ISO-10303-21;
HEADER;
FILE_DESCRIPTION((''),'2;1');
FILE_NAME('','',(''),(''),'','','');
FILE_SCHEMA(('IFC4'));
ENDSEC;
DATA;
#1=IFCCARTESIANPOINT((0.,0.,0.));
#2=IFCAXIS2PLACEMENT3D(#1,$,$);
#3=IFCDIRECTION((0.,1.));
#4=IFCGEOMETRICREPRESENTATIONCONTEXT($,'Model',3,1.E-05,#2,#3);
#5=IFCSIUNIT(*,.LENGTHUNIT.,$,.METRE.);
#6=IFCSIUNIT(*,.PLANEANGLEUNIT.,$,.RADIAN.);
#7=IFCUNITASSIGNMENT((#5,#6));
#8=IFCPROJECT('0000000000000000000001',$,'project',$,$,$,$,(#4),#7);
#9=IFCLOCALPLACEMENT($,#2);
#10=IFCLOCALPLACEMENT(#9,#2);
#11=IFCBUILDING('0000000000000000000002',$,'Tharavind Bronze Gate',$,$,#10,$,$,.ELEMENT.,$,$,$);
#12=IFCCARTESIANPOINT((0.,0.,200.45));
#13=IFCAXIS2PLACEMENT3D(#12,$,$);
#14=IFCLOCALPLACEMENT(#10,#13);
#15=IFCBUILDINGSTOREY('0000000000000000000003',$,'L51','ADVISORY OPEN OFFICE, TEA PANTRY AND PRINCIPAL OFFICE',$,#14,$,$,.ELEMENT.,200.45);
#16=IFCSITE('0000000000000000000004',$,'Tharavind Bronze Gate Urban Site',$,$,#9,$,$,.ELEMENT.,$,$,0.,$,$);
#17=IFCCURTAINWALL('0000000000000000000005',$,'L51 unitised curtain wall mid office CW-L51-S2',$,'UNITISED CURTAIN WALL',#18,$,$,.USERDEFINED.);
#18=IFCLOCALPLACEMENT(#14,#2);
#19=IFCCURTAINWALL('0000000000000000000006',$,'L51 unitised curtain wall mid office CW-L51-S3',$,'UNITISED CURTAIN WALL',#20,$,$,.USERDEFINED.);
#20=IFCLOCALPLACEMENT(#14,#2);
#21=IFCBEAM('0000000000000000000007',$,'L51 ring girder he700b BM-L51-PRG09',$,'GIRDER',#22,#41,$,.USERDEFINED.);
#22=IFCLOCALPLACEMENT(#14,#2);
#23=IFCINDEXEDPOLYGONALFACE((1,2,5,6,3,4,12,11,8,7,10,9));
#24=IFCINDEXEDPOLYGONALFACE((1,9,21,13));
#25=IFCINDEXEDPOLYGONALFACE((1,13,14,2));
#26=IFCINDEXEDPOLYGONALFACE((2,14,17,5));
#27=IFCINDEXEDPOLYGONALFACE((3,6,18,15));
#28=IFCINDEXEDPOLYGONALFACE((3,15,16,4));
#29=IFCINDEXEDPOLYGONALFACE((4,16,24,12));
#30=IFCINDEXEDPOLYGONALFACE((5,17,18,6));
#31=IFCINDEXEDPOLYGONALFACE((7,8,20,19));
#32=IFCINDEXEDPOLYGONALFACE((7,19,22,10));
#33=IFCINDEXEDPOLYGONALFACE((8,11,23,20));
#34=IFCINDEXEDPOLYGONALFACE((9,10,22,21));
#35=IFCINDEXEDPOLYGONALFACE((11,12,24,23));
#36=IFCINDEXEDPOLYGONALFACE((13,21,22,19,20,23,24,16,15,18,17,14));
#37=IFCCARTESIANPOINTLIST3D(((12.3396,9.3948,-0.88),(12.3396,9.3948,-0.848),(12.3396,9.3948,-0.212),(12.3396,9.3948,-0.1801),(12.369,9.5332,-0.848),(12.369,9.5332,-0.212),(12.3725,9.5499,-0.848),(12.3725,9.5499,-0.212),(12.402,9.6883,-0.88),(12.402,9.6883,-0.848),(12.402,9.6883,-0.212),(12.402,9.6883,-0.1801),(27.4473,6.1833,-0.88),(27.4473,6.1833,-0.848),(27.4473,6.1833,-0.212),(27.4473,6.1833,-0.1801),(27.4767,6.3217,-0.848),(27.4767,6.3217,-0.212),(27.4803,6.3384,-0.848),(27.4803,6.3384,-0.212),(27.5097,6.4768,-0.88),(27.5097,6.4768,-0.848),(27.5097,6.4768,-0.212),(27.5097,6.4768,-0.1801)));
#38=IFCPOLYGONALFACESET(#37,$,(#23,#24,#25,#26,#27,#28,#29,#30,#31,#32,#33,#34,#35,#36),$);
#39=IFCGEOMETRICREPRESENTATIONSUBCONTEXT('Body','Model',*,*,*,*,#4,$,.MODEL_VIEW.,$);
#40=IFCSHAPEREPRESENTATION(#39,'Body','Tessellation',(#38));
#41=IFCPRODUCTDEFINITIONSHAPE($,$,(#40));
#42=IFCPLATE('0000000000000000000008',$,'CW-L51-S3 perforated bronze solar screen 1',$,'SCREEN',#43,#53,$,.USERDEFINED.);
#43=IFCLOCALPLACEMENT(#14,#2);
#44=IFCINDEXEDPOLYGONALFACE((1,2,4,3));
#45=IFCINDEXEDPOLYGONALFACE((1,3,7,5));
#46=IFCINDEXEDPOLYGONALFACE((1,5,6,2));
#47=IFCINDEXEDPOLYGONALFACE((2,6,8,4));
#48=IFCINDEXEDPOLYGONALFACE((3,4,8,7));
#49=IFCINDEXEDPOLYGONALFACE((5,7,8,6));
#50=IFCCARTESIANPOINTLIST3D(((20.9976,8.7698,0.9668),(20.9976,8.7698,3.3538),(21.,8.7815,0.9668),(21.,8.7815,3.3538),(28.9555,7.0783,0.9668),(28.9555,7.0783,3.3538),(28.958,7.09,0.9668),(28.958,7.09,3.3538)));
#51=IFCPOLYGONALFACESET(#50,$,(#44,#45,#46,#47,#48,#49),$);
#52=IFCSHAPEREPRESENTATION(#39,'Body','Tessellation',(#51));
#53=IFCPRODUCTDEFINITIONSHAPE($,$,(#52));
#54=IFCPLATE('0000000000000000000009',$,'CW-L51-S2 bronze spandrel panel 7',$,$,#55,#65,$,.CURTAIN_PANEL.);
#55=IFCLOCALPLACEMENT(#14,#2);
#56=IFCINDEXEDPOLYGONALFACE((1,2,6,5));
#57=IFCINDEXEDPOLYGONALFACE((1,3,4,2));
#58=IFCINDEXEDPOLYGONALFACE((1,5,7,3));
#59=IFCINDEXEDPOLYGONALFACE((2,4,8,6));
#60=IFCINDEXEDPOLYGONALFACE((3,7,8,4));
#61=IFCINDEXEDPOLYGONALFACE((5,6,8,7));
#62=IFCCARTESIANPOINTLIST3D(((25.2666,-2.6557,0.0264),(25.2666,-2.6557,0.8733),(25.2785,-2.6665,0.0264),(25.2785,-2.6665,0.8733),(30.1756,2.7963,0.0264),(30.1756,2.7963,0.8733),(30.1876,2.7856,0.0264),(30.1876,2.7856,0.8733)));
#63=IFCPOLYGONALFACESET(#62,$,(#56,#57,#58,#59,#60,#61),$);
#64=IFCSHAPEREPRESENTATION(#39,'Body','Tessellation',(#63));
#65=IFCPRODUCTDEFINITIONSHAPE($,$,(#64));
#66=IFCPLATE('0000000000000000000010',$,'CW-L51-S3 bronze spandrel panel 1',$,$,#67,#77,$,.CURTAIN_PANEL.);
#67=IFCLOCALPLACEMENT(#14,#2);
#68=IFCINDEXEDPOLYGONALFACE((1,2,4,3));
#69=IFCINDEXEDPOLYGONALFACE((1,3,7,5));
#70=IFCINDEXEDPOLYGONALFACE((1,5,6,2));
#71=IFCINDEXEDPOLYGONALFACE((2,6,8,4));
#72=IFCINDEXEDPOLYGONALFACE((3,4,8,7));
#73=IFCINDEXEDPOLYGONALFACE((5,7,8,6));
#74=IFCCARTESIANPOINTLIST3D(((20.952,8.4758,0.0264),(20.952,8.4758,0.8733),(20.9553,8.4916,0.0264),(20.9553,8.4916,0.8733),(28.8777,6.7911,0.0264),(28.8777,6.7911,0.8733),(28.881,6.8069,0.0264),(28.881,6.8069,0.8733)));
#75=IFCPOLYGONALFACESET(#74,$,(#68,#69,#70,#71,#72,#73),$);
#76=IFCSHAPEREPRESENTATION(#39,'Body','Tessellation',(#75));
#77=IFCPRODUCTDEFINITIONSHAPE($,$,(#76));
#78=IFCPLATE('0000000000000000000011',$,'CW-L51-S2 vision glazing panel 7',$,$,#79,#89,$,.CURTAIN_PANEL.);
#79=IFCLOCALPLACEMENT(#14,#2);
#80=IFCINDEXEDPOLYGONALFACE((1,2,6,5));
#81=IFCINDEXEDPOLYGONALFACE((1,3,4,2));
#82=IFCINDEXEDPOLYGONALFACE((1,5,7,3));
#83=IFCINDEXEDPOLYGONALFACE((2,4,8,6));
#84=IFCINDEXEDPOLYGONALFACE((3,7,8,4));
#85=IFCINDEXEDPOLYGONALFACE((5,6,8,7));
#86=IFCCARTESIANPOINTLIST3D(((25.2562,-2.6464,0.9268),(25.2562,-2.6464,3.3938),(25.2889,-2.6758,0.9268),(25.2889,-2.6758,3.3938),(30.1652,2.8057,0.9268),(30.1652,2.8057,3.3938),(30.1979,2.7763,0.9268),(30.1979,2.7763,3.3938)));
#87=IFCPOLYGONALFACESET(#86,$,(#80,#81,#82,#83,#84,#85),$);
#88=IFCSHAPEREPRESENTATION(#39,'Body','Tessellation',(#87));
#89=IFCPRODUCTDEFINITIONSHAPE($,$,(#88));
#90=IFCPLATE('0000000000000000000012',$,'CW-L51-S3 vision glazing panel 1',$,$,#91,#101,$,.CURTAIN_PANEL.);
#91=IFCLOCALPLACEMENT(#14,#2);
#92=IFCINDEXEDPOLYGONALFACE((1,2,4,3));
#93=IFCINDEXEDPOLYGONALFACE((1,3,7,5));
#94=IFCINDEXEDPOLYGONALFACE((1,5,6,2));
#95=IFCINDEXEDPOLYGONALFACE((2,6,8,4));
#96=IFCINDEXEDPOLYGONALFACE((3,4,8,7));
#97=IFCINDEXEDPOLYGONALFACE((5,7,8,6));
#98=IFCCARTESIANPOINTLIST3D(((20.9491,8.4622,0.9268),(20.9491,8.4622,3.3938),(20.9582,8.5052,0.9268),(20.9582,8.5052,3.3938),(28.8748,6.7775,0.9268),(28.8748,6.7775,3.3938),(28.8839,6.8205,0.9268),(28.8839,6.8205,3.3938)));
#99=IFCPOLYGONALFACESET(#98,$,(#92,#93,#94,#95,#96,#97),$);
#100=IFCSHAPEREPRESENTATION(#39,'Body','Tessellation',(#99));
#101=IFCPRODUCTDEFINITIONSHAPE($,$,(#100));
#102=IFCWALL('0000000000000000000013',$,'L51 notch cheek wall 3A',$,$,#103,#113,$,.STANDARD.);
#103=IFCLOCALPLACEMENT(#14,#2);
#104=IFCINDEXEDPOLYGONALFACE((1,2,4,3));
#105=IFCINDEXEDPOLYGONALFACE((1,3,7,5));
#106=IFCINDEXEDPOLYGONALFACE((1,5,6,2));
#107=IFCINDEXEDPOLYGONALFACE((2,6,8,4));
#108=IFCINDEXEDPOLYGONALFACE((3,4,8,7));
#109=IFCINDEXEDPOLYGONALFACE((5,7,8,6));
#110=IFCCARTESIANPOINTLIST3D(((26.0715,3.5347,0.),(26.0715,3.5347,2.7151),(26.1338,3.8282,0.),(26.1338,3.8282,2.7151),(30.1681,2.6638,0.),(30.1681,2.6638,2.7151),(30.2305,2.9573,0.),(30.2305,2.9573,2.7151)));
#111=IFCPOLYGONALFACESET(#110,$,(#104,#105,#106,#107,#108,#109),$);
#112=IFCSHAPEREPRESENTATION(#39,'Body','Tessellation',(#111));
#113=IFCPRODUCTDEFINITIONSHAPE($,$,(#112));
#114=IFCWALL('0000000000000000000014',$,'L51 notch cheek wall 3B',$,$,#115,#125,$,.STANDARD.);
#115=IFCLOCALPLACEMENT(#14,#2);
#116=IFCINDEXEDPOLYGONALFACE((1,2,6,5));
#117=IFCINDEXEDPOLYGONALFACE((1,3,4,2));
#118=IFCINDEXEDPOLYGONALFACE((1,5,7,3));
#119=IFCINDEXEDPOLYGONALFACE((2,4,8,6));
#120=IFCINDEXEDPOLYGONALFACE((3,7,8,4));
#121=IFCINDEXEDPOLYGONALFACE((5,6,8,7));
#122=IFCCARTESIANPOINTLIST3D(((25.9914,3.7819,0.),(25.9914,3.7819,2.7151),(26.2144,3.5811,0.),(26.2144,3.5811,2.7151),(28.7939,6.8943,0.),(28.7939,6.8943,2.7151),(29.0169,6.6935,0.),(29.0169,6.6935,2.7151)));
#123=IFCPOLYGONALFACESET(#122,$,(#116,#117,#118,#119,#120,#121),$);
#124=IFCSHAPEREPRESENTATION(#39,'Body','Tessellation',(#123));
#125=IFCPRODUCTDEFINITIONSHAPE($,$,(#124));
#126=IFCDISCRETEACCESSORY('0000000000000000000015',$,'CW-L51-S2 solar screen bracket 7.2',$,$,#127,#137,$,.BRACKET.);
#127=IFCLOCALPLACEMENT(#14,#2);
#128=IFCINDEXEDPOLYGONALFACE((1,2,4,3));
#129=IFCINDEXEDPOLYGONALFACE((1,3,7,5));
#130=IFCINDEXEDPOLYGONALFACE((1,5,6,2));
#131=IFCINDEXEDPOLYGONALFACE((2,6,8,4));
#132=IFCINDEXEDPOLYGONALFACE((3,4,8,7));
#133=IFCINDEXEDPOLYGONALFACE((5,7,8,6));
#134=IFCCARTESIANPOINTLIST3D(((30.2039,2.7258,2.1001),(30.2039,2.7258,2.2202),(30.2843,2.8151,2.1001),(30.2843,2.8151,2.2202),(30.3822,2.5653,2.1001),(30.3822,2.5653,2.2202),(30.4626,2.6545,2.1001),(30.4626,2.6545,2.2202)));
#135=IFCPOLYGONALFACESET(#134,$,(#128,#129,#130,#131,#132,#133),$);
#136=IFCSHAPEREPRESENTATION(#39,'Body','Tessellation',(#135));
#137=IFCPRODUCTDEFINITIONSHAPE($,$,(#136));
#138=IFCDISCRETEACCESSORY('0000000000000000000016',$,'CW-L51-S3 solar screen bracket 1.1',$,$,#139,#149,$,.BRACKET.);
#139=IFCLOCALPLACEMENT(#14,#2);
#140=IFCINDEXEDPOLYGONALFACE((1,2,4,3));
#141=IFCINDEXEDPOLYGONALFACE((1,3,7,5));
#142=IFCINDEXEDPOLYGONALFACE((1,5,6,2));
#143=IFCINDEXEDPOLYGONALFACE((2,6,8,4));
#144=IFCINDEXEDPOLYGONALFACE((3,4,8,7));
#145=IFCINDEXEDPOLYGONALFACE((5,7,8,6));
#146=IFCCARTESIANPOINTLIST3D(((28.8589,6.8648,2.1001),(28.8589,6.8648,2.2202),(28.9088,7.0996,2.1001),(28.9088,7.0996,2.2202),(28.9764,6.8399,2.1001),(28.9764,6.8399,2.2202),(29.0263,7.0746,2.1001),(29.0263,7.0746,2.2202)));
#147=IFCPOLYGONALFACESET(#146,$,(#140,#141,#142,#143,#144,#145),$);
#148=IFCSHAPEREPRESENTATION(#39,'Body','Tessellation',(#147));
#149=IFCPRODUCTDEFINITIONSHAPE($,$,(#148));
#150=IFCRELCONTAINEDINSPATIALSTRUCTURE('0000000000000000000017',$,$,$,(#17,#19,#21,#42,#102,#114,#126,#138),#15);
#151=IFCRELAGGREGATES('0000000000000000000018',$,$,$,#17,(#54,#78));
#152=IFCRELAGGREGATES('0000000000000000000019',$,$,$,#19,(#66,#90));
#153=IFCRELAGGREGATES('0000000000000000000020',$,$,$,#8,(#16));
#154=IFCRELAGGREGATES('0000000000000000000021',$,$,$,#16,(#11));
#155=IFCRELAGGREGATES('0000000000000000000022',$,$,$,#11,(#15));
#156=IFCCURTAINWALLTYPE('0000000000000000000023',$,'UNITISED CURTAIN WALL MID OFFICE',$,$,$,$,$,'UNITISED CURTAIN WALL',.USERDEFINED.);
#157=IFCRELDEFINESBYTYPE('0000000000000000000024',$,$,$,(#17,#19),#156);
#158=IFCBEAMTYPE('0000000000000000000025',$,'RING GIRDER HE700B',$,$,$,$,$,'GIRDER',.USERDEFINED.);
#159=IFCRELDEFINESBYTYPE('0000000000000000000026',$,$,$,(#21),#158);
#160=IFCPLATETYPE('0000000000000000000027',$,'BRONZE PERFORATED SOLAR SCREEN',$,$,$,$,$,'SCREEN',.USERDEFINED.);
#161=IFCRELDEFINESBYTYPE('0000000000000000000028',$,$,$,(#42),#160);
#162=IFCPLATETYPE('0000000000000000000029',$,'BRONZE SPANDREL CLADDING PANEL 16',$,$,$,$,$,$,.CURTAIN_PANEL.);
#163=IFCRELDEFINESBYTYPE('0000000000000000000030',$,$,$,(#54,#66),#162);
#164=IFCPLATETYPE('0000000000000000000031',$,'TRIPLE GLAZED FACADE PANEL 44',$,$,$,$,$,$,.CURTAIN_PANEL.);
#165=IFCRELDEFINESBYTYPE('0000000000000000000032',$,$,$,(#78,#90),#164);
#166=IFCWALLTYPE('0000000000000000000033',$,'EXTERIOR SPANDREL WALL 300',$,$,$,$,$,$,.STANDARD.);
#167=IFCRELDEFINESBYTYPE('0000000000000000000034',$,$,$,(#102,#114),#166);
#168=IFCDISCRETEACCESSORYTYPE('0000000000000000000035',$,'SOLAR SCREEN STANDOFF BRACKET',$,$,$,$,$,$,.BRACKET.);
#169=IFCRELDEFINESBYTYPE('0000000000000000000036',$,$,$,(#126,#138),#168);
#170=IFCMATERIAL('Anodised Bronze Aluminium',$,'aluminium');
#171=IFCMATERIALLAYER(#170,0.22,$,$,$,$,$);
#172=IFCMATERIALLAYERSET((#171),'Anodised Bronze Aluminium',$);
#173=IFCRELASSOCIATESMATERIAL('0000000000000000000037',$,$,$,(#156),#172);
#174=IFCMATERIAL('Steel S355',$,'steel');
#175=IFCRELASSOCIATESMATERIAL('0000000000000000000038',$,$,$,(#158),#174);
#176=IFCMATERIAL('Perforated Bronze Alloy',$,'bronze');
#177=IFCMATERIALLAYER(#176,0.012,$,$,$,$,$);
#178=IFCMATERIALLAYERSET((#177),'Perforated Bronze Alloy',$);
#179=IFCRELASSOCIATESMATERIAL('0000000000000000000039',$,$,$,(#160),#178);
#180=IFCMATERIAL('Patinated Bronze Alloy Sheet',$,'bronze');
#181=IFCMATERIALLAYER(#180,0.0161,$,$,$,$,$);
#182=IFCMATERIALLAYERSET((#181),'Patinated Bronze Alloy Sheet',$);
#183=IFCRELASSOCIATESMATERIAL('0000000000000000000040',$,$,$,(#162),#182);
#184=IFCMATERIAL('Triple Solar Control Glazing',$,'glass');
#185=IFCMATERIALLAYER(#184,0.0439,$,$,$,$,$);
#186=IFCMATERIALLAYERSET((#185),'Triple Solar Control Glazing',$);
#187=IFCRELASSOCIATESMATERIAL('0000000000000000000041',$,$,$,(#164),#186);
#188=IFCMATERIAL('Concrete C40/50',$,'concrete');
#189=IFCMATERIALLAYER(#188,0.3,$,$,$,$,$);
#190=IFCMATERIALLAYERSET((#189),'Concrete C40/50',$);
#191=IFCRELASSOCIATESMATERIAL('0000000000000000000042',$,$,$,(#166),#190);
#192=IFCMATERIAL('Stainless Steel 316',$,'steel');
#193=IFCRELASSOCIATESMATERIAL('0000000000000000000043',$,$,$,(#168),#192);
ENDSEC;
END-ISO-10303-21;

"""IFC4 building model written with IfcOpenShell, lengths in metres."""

from ifc_helpers import new_model, si_unit, direction, frame, frame_2d, origin, origin_2d, place, context, subcontext, project, spatial, rectangle, i_section, extrude, material, layer, layer_set, material_profile, profile_set, type_object, element, aggregate, save


model = new_model("IFC4")

# Units and contexts
model_context = context("Model", 3, precision=1e-05, world=origin(), true_north=direction((0.0, 1.0)))
body_context = subcontext(model_context, "Body", "Model", "MODEL_VIEW")
ifc_project = project(units=[si_unit("LENGTHUNIT", "METRE"), si_unit("PLANEANGLEUNIT", "RADIAN")], contexts=[model_context])

# Site, building, storey
site_placement = place(None, origin())
site = spatial("IfcSite", under=ifc_project, at=site_placement, Name="Tharavind Bronze Gate Urban Site", CompositionType="ELEMENT", RefElevation=0.0)
building_placement = place(site_placement, origin())
building = spatial("IfcBuilding", under=site, at=building_placement, Name="Tharavind Bronze Gate", CompositionType="ELEMENT")
storey_placement = place(building_placement, frame((0.0, 0.0, 200.45)))
storey = spatial("IfcBuildingStorey", under=building, at=storey_placement, Name="L51", Description="ADVISORY OPEN OFFICE, TEA PANTRY AND PRINCIPAL OFFICE", CompositionType="ELEMENT", Elevation=200.45)

# Curtain walls
ifc_material_1 = material(Name="Anodised Bronze Aluminium", Category="aluminium")
ifc_layer_1 = layer(ifc_material_1, 0.22)
ifc_layer_set_1 = layer_set([ifc_layer_1], Name="Anodised Bronze Aluminium")
curtain_wall_type = type_object("IfcCurtainWallType", Name="UNITISED CURTAIN WALL MID OFFICE", ElementType="UNITISED CURTAIN WALL", PredefinedType="USERDEFINED", material=ifc_layer_set_1)
curtain_wall_1_placement = place(storey_placement, origin())
curtain_wall_1 = element("IfcCurtainWall", 1, at=curtain_wall_1_placement, inside=storey, type_object=curtain_wall_type, Name="L51 unitised curtain wall mid office CW-L51-S2", ObjectType="UNITISED CURTAIN WALL", PredefinedType="USERDEFINED")
curtain_wall_2_placement = place(storey_placement, origin())
curtain_wall_2 = element("IfcCurtainWall", 2, at=curtain_wall_2_placement, inside=storey, type_object=curtain_wall_type, Name="L51 unitised curtain wall mid office CW-L51-S3", ObjectType="UNITISED CURTAIN WALL", PredefinedType="USERDEFINED")

# Beam
ifc_material_2 = material(Name="Steel S355", Category="steel")
ifc_material_profile_1 = material_profile(ifc_material_2, i_section(OverallWidth=0.3, OverallDepth=0.7, WebThickness=0.0171, FlangeThickness=0.032, at=origin_2d()), Name="HE700B")
ifc_profile_set_1 = profile_set([ifc_material_profile_1], Name="Steel S355")
beam_type_1 = type_object("IfcBeamType", Name="RING GIRDER HE700B", ElementType="GIRDER", PredefinedType="USERDEFINED", material=ifc_profile_set_1)
beam_1_placement = place(storey_placement, frame((27.4785, 6.3301, -0.53), z_axis=(-0.978145, 0.207924, 0.0), x_axis=(-0.207924, -0.978145, 0.0)))
element("IfcBeam", 3, at=beam_1_placement, inside=storey, type_object=beam_type_1, Name="L51 ring girder he700b BM-L51-PRG09", ObjectType="GIRDER", PredefinedType="USERDEFINED", context=body_context, shape_type="SweptSolid", body=[
    extrude(i_section(OverallWidth=0.3, OverallDepth=0.7, WebThickness=0.0171, FlangeThickness=0.032, at=origin_2d()), origin(), (0.0, 0.0, 1.0), 15.4453),
])

# Plates
ifc_material_3 = material(Name="Perforated Bronze Alloy", Category="bronze")
ifc_layer_2 = layer(ifc_material_3, 0.012)
ifc_layer_set_2 = layer_set([ifc_layer_2], Name="Perforated Bronze Alloy")
plate_type_1 = type_object("IfcPlateType", Name="BRONZE PERFORATED SOLAR SCREEN", ElementType="SCREEN", PredefinedType="USERDEFINED", material=ifc_layer_set_2)
plate_1_placement = place(storey_placement, frame((24.9778, 7.9299, 0.9668), z_axis=(0.0, 0.0, 1.0), x_axis=(-0.978148, 0.207912, 0.0)))
element("IfcPlate", 4, at=plate_1_placement, inside=storey, type_object=plate_type_1, Name="CW-L51-S3 perforated bronze solar screen 1", ObjectType="SCREEN", PredefinedType="USERDEFINED", context=body_context, shape_type="SweptSolid", body=[
    extrude(rectangle(XDim=8.1357, YDim=0.012, at=origin_2d()), origin(), (0.0, 0.0, 1.0), 2.387),
])
ifc_material_4 = material(Name="Patinated Bronze Alloy Sheet", Category="bronze")
ifc_layer_3 = layer(ifc_material_4, 0.0161)
ifc_layer_set_3 = layer_set([ifc_layer_3], Name="Patinated Bronze Alloy Sheet")
plate_type_2 = type_object("IfcPlateType", Name="BRONZE SPANDREL CLADDING PANEL 16", PredefinedType="CURTAIN_PANEL", material=ifc_layer_set_3)
plate_2_placement = place(storey_placement, frame((27.7271, 0.0649, 0.0264), z_axis=(0.0, 0.0, 1.0), x_axis=(0.669131, 0.743145, 0.0)))
plate_2 = element("IfcPlate", 5, at=plate_2_placement, type_object=plate_type_2, Name="CW-L51-S2 bronze spandrel panel 7", PredefinedType="CURTAIN_PANEL", context=body_context, shape_type="SweptSolid", body=[
    extrude(rectangle(XDim=7.3364, YDim=0.0161, at=origin_2d()), origin(), (0.0, 0.0, 1.0), 0.8469),
])
plate_3_placement = place(storey_placement, frame((24.9165, 7.6414, 0.0264), z_axis=(0.0, 0.0, 1.0), x_axis=(-0.978148, 0.207912, 0.0)))
plate_3 = element("IfcPlate", 6, at=plate_3_placement, type_object=plate_type_2, Name="CW-L51-S3 bronze spandrel panel 1", PredefinedType="CURTAIN_PANEL", context=body_context, shape_type="SweptSolid", body=[
    extrude(rectangle(XDim=8.1028, YDim=0.0161, at=origin_2d()), origin(), (0.0, 0.0, 1.0), 0.8469),
])
ifc_material_5 = material(Name="Triple Solar Control Glazing", Category="glass")
ifc_layer_4 = layer(ifc_material_5, 0.0439)
ifc_layer_set_4 = layer_set([ifc_layer_4], Name="Triple Solar Control Glazing")
plate_type_3 = type_object("IfcPlateType", Name="TRIPLE GLAZED FACADE PANEL 44", PredefinedType="CURTAIN_PANEL", material=ifc_layer_set_4)
plate_4_placement = place(storey_placement, frame((27.7271, 0.0649, 0.9268), z_axis=(0.0, 0.0, 1.0), x_axis=(0.669131, 0.743145, 0.0)))
plate_4 = element("IfcPlate", 7, at=plate_4_placement, type_object=plate_type_3, Name="CW-L51-S2 vision glazing panel 7", PredefinedType="CURTAIN_PANEL", context=body_context, shape_type="SweptSolid", body=[
    extrude(rectangle(XDim=7.3364, YDim=0.0439, at=origin_2d()), origin(), (0.0, 0.0, 1.0), 2.467),
])
aggregate(curtain_wall_1, [plate_2, plate_4])
plate_5_placement = place(storey_placement, frame((24.9165, 7.6414, 0.9268), z_axis=(0.0, 0.0, 1.0), x_axis=(-0.978148, 0.207912, 0.0)))
plate_5 = element("IfcPlate", 8, at=plate_5_placement, type_object=plate_type_3, Name="CW-L51-S3 vision glazing panel 1", PredefinedType="CURTAIN_PANEL", context=body_context, shape_type="SweptSolid", body=[
    extrude(rectangle(XDim=8.1028, YDim=0.0439, at=origin_2d()), origin(), (0.0, 0.0, 1.0), 2.467),
])
aggregate(curtain_wall_2, [plate_3, plate_5])

# Walls
ifc_material_6 = material(Name="Concrete C40/50", Category="concrete")
ifc_layer_5 = layer(ifc_material_6, 0.3)
ifc_layer_set_5 = layer_set([ifc_layer_5], Name="Concrete C40/50")
wall_type = type_object("IfcWallType", Name="EXTERIOR SPANDREL WALL 300", PredefinedType="STANDARD", material=ifc_layer_set_5)
for number, where, z_axis, x_axis, name in (
    (9, (30.1995, 2.8105, 0.0), (0.0, 0.0, 1.0), (-0.978144, 0.207928, 0.0), "L51 notch cheek wall 3A"),
    (10, (26.1028, 3.6814, 0.0), (0.0, 0.0, 1.0), (0.669152, 0.743126, 0.0), "L51 notch cheek wall 3B"),
):
    element("IfcWall", number, at=place(storey_placement, frame(where, z_axis=z_axis, x_axis=x_axis)), inside=storey, type_object=wall_type, Name=name, PredefinedType="STANDARD", context=body_context, shape_type="SweptSolid", body=[
        extrude(rectangle(XDim=4.1882, YDim=0.3, at=frame_2d((2.0942, 0.0))), origin(), (0.0, 0.0, 1.0), 2.7151),
    ])

# Discrete accessories
ifc_material_7 = material(Name="Stainless Steel 316", Category="steel")
discrete_accessory_type = type_object("IfcDiscreteAccessoryType", Name="SOLAR SCREEN STANDOFF BRACKET", PredefinedType="BRACKET", material=ifc_material_7)
for number, where, z_axis, x_axis, name in (
    (11, (30.3333, 2.6902, 2.1001), (0.0, 0.0, 1.0), (0.669131, 0.743145, 0.0), "CW-L51-S2 solar screen bracket 7.2"),
    (12, (28.9426, 6.9697, 2.1001), (0.0, 0.0, 1.0), (-0.978148, 0.207912, 0.0), "CW-L51-S3 solar screen bracket 1.1"),
):
    element("IfcDiscreteAccessory", number, at=place(storey_placement, frame(where, z_axis=z_axis, x_axis=x_axis)), inside=storey, type_object=discrete_accessory_type, Name=name, PredefinedType="BRACKET", context=body_context, shape_type="SweptSolid", body=[
        extrude(rectangle(XDim=0.1201, YDim=0.24, at=origin_2d()), origin(), (0.0, 0.0, 1.0), 0.1201),
    ])

save(model, "model.ifc")
